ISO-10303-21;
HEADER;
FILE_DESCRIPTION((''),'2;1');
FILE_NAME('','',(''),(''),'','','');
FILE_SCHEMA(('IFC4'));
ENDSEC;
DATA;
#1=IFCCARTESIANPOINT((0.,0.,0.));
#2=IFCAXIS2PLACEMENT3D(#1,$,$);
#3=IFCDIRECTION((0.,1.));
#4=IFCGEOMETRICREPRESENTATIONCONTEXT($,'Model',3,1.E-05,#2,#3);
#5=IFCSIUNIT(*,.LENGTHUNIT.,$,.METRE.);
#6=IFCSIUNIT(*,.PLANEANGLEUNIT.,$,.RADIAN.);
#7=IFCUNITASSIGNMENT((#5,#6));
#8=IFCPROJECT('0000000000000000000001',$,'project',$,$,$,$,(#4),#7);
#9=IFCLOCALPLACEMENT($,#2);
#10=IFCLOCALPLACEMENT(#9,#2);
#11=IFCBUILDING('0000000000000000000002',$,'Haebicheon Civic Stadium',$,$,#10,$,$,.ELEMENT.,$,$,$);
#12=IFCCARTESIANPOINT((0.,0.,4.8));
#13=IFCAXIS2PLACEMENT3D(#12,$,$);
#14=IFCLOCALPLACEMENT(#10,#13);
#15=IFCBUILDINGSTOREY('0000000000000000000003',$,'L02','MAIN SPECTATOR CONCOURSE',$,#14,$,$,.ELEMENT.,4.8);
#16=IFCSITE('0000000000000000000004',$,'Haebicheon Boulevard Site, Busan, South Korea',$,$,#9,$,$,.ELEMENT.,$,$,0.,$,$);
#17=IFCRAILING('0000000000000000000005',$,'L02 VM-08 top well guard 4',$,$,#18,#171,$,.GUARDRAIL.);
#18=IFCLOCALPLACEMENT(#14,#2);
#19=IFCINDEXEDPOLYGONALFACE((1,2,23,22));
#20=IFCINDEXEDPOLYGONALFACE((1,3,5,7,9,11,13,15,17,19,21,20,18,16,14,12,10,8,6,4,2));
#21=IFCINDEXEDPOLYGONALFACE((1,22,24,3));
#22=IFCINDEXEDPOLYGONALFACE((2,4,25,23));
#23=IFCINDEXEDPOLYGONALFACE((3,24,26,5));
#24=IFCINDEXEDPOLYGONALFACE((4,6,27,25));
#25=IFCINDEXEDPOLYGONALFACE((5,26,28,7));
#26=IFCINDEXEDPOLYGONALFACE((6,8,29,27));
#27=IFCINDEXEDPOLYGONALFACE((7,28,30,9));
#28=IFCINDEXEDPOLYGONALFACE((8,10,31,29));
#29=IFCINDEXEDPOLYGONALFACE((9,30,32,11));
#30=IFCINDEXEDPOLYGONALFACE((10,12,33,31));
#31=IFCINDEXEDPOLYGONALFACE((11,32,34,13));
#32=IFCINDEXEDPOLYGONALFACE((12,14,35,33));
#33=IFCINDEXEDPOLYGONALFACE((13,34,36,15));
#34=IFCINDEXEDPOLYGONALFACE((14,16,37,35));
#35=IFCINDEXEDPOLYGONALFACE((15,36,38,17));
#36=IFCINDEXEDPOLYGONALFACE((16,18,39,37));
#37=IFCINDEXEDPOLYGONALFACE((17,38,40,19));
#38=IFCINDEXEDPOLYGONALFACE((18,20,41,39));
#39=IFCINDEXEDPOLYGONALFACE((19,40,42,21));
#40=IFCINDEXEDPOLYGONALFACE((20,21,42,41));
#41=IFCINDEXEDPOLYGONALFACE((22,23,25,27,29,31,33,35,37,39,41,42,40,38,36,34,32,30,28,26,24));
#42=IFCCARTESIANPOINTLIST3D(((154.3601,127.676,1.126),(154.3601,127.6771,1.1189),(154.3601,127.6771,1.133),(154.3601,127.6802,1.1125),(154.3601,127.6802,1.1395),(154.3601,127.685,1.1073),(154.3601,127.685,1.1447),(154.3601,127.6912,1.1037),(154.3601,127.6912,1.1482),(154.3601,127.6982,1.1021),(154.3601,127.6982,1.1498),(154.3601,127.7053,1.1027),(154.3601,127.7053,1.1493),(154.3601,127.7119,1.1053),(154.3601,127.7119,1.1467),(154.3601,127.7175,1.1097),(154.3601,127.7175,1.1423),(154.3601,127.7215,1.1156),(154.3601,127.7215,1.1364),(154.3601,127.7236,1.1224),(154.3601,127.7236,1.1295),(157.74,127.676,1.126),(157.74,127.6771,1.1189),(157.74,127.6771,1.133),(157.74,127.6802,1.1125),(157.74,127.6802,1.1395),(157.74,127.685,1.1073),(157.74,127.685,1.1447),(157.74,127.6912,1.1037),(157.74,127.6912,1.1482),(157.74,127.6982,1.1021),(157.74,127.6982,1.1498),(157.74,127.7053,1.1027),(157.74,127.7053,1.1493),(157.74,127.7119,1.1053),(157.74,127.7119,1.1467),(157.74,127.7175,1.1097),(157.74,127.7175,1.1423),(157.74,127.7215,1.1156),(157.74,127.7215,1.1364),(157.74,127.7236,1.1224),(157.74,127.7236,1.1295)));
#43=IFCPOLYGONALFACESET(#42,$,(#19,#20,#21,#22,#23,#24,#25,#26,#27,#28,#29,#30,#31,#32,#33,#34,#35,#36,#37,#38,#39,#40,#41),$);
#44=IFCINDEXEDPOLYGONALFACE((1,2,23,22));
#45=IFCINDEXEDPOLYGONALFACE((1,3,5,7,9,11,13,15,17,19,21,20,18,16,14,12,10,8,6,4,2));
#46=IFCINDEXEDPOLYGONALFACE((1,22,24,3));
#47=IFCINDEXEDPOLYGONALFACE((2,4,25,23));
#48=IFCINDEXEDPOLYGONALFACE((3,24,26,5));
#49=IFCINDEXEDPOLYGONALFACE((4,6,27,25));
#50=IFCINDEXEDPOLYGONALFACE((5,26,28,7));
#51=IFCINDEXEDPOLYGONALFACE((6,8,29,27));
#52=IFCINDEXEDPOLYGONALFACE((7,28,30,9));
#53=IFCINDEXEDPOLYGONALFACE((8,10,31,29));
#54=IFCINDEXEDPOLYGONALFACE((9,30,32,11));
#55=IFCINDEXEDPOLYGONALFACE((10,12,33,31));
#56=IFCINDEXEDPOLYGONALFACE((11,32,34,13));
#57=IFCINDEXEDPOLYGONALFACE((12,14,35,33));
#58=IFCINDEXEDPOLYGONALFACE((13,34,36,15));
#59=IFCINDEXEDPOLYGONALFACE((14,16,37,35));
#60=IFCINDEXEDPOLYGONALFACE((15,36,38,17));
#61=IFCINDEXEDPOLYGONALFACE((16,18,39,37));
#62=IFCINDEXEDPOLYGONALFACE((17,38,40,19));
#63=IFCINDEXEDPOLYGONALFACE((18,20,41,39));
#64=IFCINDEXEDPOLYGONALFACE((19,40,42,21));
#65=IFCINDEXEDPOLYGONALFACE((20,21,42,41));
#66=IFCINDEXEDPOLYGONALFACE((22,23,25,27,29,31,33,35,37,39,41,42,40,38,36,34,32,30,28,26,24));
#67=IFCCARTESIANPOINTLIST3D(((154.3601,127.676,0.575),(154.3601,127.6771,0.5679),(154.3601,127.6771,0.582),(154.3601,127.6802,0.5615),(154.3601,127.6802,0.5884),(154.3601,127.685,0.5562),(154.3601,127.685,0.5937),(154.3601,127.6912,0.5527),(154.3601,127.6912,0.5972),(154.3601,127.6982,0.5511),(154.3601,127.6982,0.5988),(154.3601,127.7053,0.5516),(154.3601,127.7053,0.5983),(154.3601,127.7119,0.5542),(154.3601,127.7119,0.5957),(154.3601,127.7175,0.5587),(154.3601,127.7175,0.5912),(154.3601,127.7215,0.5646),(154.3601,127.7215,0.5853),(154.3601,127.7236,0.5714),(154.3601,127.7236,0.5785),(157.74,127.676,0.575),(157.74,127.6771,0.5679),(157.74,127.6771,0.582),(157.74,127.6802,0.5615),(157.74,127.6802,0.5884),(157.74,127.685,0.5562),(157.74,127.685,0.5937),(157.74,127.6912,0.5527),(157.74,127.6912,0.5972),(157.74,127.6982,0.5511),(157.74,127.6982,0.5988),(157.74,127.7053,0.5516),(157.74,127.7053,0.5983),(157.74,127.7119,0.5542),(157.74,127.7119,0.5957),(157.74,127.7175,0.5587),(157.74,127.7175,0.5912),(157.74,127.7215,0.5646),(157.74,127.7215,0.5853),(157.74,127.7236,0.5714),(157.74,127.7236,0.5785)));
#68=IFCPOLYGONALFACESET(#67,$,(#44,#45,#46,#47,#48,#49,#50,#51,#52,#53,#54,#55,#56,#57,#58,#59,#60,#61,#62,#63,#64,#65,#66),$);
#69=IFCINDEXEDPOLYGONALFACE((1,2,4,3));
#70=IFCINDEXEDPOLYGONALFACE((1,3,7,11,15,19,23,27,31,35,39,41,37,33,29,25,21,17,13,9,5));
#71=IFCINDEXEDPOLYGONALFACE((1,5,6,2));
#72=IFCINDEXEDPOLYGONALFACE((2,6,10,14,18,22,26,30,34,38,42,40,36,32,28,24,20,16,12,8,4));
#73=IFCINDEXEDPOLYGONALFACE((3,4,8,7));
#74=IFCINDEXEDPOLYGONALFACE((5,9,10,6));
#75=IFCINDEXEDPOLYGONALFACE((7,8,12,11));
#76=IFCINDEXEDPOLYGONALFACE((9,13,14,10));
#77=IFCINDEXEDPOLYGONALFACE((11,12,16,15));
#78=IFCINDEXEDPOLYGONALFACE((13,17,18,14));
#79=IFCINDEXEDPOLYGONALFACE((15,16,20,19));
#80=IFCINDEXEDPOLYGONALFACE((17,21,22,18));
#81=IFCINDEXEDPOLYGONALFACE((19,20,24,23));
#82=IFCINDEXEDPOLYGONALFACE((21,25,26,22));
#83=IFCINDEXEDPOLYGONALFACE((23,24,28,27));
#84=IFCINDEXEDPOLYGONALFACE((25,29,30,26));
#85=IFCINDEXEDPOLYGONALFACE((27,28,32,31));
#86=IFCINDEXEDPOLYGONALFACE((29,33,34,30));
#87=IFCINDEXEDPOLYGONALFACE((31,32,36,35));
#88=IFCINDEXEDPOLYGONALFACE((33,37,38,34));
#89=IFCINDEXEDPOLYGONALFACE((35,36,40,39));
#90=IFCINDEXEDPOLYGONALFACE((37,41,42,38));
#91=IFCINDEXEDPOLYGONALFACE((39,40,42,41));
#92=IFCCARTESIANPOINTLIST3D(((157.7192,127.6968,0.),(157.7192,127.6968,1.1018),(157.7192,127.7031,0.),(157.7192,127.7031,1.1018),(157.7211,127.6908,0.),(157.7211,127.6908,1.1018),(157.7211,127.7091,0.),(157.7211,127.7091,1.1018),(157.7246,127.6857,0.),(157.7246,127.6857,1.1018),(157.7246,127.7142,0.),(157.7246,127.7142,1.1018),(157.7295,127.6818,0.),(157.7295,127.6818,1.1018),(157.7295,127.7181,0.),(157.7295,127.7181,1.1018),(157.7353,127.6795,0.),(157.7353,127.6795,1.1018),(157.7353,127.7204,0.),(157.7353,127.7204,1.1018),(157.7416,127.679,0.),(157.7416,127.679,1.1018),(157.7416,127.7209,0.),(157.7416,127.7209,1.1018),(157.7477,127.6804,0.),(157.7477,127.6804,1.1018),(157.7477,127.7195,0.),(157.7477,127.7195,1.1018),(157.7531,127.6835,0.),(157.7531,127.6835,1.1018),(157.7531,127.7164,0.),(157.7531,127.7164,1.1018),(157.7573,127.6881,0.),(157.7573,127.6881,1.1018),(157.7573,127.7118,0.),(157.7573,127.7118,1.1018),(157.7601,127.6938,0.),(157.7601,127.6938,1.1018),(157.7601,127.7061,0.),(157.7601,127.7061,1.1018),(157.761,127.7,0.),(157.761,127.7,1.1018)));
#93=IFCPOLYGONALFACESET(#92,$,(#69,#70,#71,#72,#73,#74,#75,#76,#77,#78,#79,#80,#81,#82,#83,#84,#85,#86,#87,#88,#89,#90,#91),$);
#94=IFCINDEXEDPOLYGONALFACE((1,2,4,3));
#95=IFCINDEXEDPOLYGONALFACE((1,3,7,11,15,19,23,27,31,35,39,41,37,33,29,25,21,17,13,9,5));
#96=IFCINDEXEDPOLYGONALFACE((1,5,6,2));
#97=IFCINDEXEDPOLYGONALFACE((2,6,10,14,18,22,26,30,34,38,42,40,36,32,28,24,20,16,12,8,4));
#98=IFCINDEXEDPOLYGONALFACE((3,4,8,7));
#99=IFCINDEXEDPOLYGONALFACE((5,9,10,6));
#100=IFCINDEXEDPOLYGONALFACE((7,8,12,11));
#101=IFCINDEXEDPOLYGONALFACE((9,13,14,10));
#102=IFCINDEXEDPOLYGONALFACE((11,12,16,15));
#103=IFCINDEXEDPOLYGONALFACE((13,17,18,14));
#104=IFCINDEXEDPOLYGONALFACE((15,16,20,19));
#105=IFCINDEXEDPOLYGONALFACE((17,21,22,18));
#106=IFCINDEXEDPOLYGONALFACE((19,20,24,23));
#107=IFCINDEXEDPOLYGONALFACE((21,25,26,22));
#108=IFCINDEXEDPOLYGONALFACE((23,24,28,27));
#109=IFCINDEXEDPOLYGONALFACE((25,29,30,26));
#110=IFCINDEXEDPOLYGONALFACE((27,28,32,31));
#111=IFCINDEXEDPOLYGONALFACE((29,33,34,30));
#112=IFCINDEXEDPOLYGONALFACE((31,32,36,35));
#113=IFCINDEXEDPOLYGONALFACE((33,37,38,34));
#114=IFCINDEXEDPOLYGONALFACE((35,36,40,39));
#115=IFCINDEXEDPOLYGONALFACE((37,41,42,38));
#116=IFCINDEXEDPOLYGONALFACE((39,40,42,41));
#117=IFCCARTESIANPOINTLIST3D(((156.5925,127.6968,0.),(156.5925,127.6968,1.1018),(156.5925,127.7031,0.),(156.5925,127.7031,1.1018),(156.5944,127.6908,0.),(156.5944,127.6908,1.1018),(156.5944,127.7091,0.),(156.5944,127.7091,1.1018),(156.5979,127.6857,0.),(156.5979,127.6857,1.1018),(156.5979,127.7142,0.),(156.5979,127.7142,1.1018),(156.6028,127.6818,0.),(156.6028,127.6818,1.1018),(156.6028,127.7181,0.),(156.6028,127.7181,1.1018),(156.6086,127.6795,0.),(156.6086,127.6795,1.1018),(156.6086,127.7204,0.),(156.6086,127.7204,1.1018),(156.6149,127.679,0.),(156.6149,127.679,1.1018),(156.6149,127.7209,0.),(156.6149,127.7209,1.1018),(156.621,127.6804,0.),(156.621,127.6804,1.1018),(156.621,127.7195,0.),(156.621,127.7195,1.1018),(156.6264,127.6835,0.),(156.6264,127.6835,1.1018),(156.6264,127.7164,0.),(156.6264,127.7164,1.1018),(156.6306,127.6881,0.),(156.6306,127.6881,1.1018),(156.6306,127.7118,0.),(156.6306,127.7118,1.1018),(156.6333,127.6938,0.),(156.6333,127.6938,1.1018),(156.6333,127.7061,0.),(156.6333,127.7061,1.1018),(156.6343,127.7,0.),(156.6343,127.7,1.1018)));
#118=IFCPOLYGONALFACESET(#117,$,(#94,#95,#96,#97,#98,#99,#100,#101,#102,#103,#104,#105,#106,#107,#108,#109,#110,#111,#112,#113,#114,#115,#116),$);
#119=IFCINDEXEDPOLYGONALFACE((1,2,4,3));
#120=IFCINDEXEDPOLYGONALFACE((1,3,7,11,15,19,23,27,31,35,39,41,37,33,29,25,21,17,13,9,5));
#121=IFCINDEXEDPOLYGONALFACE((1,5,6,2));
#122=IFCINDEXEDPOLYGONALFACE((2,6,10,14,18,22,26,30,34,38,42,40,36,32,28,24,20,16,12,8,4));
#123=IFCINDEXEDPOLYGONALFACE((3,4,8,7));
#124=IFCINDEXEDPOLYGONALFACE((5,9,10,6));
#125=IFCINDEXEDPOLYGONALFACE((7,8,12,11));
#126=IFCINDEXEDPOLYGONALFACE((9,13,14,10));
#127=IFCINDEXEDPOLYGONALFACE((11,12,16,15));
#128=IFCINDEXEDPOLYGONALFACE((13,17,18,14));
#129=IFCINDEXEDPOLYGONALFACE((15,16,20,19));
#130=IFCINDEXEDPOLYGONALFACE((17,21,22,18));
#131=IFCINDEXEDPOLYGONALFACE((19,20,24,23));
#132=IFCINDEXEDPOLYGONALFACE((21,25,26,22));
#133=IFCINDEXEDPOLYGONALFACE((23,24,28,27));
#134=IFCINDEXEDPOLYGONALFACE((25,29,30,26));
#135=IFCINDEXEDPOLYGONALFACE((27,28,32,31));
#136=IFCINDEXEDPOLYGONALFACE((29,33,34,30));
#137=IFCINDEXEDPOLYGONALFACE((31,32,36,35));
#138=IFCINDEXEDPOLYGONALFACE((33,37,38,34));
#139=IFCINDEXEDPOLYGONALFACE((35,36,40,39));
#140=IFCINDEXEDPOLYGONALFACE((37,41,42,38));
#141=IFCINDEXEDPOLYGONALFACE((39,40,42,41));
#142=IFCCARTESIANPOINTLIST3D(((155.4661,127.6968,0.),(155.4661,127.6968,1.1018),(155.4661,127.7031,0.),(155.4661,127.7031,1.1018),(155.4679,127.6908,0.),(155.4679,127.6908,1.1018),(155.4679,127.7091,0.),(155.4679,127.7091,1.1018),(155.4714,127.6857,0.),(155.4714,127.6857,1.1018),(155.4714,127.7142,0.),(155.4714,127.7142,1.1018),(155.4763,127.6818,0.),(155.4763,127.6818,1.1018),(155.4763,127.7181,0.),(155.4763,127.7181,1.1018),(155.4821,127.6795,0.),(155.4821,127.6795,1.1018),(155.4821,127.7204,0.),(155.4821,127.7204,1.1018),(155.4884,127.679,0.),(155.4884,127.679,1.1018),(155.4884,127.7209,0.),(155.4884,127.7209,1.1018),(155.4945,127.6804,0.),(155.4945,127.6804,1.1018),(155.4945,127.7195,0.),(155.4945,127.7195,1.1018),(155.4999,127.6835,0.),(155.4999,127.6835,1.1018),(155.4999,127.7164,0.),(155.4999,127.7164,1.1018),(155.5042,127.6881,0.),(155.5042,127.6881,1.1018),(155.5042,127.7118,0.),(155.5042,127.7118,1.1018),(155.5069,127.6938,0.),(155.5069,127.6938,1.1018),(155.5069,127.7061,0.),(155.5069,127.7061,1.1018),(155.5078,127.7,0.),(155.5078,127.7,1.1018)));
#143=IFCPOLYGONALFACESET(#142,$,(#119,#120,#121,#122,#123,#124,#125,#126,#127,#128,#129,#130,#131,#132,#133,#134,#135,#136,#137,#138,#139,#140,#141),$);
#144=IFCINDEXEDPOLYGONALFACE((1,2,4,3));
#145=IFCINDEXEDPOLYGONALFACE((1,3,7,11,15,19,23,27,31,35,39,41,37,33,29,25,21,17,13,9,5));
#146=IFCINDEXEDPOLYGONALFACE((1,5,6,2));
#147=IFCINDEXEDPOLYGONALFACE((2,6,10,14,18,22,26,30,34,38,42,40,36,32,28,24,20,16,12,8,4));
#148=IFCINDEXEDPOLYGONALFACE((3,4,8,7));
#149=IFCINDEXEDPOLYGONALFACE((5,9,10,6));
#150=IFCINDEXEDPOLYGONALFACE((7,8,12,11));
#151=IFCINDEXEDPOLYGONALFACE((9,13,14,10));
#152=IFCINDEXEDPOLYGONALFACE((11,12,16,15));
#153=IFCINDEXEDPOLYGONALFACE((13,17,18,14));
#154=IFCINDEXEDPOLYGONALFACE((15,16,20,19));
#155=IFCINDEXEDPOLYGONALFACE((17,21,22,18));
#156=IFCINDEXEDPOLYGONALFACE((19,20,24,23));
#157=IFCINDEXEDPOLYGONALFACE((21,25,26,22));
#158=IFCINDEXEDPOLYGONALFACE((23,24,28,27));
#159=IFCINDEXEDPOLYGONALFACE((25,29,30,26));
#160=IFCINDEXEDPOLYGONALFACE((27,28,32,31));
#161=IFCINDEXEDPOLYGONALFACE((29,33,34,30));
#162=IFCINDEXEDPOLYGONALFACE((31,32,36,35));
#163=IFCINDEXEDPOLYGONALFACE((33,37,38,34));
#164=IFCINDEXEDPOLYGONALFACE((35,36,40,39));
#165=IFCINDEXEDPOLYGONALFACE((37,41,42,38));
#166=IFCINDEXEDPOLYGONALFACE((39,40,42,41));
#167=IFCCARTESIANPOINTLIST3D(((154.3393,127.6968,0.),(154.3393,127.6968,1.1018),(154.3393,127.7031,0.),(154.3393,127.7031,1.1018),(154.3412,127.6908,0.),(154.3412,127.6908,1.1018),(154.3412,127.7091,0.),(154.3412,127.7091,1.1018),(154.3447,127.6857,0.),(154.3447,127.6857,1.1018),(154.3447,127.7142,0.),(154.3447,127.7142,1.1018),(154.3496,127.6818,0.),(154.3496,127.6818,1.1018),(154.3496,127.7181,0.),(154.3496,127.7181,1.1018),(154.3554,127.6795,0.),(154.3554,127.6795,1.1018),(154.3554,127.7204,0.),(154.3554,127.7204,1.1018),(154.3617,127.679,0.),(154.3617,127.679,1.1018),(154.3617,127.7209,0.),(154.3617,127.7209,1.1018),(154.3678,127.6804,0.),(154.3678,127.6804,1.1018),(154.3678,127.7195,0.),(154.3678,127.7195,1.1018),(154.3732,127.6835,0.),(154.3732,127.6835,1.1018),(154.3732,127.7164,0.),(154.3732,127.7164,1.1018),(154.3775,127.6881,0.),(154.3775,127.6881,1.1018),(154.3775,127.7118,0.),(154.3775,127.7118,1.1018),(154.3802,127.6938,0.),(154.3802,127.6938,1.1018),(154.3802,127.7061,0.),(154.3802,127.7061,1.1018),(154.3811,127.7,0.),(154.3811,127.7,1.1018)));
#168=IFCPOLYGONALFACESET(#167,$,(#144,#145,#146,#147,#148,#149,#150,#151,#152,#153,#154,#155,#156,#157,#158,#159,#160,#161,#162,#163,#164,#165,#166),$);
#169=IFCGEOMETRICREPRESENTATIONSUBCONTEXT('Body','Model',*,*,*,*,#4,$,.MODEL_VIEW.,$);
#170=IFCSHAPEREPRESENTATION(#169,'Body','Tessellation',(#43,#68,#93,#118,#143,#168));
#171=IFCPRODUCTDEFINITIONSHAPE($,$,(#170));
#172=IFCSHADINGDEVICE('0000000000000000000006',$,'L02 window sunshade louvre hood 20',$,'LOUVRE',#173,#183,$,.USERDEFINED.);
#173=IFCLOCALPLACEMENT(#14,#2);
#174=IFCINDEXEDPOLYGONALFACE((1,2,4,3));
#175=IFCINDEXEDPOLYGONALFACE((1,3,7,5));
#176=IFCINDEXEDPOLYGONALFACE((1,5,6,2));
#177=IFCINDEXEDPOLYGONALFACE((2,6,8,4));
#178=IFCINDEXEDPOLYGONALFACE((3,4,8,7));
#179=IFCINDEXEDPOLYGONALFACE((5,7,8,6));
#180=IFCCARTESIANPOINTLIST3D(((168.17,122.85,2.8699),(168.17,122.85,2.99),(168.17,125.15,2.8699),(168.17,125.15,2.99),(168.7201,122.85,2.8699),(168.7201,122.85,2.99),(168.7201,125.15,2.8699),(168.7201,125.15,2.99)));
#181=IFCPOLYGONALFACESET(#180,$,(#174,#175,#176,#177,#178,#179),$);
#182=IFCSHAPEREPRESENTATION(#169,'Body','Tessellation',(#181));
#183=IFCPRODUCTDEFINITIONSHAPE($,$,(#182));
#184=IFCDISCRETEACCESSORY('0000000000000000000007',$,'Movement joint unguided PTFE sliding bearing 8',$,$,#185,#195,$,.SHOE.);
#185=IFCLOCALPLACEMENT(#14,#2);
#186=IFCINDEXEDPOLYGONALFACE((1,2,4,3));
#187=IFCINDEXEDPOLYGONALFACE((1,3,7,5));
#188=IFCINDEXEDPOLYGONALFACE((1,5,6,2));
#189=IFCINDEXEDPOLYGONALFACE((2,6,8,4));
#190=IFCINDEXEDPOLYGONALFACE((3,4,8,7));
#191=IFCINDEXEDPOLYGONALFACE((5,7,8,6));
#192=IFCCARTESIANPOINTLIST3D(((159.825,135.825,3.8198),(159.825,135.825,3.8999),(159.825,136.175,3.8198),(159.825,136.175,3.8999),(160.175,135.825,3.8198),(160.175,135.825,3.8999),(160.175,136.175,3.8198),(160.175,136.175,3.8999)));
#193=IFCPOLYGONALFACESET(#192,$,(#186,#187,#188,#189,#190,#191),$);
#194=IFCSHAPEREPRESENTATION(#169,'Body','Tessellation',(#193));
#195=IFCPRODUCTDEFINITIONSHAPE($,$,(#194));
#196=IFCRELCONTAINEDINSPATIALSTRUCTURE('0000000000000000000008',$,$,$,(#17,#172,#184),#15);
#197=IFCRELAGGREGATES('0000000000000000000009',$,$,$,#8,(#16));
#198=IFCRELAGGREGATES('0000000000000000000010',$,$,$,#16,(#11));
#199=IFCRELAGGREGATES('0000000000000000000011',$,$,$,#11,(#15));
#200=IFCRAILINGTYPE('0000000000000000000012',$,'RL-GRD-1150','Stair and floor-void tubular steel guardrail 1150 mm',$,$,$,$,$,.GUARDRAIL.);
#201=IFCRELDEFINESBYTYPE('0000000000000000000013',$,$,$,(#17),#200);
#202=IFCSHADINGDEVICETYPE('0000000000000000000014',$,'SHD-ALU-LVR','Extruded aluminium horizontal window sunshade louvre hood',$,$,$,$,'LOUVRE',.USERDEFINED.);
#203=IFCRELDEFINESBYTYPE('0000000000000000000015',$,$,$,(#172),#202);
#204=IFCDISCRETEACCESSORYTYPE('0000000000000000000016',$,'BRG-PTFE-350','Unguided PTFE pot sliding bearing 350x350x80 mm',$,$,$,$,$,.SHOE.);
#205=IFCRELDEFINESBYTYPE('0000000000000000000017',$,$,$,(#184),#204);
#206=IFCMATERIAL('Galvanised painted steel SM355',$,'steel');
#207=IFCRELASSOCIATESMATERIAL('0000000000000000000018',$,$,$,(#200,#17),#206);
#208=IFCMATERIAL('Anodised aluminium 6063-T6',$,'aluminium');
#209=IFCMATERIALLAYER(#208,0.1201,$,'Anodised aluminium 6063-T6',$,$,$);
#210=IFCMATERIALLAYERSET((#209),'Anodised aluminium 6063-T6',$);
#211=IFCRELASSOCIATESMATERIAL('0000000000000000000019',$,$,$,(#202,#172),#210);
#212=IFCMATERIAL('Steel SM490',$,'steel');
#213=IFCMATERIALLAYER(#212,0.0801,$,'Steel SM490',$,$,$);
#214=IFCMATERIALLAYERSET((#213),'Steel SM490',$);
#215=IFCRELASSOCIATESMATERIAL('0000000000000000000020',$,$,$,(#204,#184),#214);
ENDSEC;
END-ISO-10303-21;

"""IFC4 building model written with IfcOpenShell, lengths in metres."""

from ifc_helpers import new_model, si_unit, direction, frame, origin, origin_2d, place, context, subcontext, project, spatial, rectangle, circle, extrude, material, layer, layer_set, type_object, element, save


model = new_model("IFC4")

# Units and contexts
model_context = context("Model", 3, precision=1e-05, world=origin(), true_north=direction((0.0, 1.0)))
body_context = subcontext(model_context, "Body", "Model", "MODEL_VIEW")
ifc_project = project(units=[si_unit("LENGTHUNIT", "METRE"), si_unit("PLANEANGLEUNIT", "RADIAN")], contexts=[model_context])

# Site, building, storey
site_placement = place(None, origin())
site = spatial("IfcSite", under=ifc_project, at=site_placement, Name="Haebicheon Boulevard Site, Busan, South Korea", CompositionType="ELEMENT", RefElevation=0.0)
building_placement = place(site_placement, origin())
building = spatial("IfcBuilding", under=site, at=building_placement, Name="Haebicheon Civic Stadium", CompositionType="ELEMENT")
storey_placement = place(building_placement, frame((0.0, 0.0, 4.8)))
storey = spatial("IfcBuildingStorey", under=building, at=storey_placement, Name="L02", Description="MAIN SPECTATOR CONCOURSE", CompositionType="ELEMENT", Elevation=4.8)

# Railing
ifc_material_1 = material(Name="Galvanised painted steel SM355", Category="steel")
railing_type = type_object("IfcRailingType", Name="RL-GRD-1150", Description="Stair and floor-void tubular steel guardrail 1150 mm", PredefinedType="GUARDRAIL", material=ifc_material_1)
railing_placement = place(storey_placement, frame((157.74, 127.7, 0.0)))
element("IfcRailing", 1, at=railing_placement, inside=storey, type_object=railing_type, material=ifc_material_1, Name="L02 VM-08 top well guard 4", PredefinedType="GUARDRAIL", context=body_context, shape_type="SweptSolid", body=[
    extrude(circle(Radius=0.0239, at=origin_2d()), frame((0.0, 0.0, 1.126), z_axis=(-1.0, 0.0, 0.0), x_axis=(0.0, -1.0, 0.0)), (0.0, 0.0, 1.0), 3.3799),
    extrude(circle(Radius=0.0239, at=origin_2d()), frame((0.0, 0.0, 0.575), z_axis=(-1.0, 0.0, 0.0), x_axis=(0.0, -1.0, 0.0)), (0.0, 0.0, 1.0), 3.3799),
    extrude(circle(Radius=0.021, at=origin_2d()), origin(), (0.0, 0.0, 1.0), 1.1018),
    extrude(circle(Radius=0.021, at=origin_2d()), frame((-1.1267, 0.0, 0.0)), (0.0, 0.0, 1.0), 1.1018),
    extrude(circle(Radius=0.021, at=origin_2d()), frame((-2.2532, 0.0, 0.0)), (0.0, 0.0, 1.0), 1.1018),
    extrude(circle(Radius=0.021, at=origin_2d()), frame((-3.3799, 0.0, 0.0)), (0.0, 0.0, 1.0), 1.1018),
])

# Shading device
ifc_material_2 = material(Name="Anodised aluminium 6063-T6", Category="aluminium")
ifc_layer_1 = layer(ifc_material_2, 0.1201, Name="Anodised aluminium 6063-T6")
ifc_layer_set_1 = layer_set([ifc_layer_1], Name="Anodised aluminium 6063-T6")
shading_device_type = type_object("IfcShadingDeviceType", Name="SHD-ALU-LVR", Description="Extruded aluminium horizontal window sunshade louvre hood", ElementType="LOUVRE", PredefinedType="USERDEFINED", material=ifc_layer_set_1)
shading_device_placement = place(storey_placement, frame((168.4451, 124.0, 2.8699), z_axis=(0.0, 0.0, 1.0), x_axis=(1.0, 0.0, 0.0)))
element("IfcShadingDevice", 2, at=shading_device_placement, inside=storey, type_object=shading_device_type, material=ifc_layer_set_1, Name="L02 window sunshade louvre hood 20", ObjectType="LOUVRE", PredefinedType="USERDEFINED", context=body_context, shape_type="SweptSolid", body=[
    extrude(rectangle(XDim=0.55, YDim=2.3, at=origin_2d()), origin(), (0.0, 0.0, 1.0), 0.1201),
])

# Discrete accessory
ifc_material_3 = material(Name="Steel SM490", Category="steel")
ifc_layer_2 = layer(ifc_material_3, 0.0801, Name="Steel SM490")
ifc_layer_set_2 = layer_set([ifc_layer_2], Name="Steel SM490")
discrete_accessory_type_1 = type_object("IfcDiscreteAccessoryType", Name="BRG-PTFE-350", Description="Unguided PTFE pot sliding bearing 350x350x80 mm", PredefinedType="SHOE", material=ifc_layer_set_2)
discrete_accessory_placement = place(storey_placement, frame((160.0, 136.0, 3.8198), z_axis=(0.0, 0.0, 1.0), x_axis=(1.0, 0.0, 0.0)))
element("IfcDiscreteAccessory", 3, at=discrete_accessory_placement, inside=storey, type_object=discrete_accessory_type_1, material=ifc_layer_set_2, Name="Movement joint unguided PTFE sliding bearing 8", PredefinedType="SHOE", context=body_context, shape_type="SweptSolid", body=[
    extrude(rectangle(XDim=0.3501, YDim=0.3501, at=origin_2d()), origin(), (0.0, 0.0, 1.0), 0.0801),
])

save(model, "model.ifc")
